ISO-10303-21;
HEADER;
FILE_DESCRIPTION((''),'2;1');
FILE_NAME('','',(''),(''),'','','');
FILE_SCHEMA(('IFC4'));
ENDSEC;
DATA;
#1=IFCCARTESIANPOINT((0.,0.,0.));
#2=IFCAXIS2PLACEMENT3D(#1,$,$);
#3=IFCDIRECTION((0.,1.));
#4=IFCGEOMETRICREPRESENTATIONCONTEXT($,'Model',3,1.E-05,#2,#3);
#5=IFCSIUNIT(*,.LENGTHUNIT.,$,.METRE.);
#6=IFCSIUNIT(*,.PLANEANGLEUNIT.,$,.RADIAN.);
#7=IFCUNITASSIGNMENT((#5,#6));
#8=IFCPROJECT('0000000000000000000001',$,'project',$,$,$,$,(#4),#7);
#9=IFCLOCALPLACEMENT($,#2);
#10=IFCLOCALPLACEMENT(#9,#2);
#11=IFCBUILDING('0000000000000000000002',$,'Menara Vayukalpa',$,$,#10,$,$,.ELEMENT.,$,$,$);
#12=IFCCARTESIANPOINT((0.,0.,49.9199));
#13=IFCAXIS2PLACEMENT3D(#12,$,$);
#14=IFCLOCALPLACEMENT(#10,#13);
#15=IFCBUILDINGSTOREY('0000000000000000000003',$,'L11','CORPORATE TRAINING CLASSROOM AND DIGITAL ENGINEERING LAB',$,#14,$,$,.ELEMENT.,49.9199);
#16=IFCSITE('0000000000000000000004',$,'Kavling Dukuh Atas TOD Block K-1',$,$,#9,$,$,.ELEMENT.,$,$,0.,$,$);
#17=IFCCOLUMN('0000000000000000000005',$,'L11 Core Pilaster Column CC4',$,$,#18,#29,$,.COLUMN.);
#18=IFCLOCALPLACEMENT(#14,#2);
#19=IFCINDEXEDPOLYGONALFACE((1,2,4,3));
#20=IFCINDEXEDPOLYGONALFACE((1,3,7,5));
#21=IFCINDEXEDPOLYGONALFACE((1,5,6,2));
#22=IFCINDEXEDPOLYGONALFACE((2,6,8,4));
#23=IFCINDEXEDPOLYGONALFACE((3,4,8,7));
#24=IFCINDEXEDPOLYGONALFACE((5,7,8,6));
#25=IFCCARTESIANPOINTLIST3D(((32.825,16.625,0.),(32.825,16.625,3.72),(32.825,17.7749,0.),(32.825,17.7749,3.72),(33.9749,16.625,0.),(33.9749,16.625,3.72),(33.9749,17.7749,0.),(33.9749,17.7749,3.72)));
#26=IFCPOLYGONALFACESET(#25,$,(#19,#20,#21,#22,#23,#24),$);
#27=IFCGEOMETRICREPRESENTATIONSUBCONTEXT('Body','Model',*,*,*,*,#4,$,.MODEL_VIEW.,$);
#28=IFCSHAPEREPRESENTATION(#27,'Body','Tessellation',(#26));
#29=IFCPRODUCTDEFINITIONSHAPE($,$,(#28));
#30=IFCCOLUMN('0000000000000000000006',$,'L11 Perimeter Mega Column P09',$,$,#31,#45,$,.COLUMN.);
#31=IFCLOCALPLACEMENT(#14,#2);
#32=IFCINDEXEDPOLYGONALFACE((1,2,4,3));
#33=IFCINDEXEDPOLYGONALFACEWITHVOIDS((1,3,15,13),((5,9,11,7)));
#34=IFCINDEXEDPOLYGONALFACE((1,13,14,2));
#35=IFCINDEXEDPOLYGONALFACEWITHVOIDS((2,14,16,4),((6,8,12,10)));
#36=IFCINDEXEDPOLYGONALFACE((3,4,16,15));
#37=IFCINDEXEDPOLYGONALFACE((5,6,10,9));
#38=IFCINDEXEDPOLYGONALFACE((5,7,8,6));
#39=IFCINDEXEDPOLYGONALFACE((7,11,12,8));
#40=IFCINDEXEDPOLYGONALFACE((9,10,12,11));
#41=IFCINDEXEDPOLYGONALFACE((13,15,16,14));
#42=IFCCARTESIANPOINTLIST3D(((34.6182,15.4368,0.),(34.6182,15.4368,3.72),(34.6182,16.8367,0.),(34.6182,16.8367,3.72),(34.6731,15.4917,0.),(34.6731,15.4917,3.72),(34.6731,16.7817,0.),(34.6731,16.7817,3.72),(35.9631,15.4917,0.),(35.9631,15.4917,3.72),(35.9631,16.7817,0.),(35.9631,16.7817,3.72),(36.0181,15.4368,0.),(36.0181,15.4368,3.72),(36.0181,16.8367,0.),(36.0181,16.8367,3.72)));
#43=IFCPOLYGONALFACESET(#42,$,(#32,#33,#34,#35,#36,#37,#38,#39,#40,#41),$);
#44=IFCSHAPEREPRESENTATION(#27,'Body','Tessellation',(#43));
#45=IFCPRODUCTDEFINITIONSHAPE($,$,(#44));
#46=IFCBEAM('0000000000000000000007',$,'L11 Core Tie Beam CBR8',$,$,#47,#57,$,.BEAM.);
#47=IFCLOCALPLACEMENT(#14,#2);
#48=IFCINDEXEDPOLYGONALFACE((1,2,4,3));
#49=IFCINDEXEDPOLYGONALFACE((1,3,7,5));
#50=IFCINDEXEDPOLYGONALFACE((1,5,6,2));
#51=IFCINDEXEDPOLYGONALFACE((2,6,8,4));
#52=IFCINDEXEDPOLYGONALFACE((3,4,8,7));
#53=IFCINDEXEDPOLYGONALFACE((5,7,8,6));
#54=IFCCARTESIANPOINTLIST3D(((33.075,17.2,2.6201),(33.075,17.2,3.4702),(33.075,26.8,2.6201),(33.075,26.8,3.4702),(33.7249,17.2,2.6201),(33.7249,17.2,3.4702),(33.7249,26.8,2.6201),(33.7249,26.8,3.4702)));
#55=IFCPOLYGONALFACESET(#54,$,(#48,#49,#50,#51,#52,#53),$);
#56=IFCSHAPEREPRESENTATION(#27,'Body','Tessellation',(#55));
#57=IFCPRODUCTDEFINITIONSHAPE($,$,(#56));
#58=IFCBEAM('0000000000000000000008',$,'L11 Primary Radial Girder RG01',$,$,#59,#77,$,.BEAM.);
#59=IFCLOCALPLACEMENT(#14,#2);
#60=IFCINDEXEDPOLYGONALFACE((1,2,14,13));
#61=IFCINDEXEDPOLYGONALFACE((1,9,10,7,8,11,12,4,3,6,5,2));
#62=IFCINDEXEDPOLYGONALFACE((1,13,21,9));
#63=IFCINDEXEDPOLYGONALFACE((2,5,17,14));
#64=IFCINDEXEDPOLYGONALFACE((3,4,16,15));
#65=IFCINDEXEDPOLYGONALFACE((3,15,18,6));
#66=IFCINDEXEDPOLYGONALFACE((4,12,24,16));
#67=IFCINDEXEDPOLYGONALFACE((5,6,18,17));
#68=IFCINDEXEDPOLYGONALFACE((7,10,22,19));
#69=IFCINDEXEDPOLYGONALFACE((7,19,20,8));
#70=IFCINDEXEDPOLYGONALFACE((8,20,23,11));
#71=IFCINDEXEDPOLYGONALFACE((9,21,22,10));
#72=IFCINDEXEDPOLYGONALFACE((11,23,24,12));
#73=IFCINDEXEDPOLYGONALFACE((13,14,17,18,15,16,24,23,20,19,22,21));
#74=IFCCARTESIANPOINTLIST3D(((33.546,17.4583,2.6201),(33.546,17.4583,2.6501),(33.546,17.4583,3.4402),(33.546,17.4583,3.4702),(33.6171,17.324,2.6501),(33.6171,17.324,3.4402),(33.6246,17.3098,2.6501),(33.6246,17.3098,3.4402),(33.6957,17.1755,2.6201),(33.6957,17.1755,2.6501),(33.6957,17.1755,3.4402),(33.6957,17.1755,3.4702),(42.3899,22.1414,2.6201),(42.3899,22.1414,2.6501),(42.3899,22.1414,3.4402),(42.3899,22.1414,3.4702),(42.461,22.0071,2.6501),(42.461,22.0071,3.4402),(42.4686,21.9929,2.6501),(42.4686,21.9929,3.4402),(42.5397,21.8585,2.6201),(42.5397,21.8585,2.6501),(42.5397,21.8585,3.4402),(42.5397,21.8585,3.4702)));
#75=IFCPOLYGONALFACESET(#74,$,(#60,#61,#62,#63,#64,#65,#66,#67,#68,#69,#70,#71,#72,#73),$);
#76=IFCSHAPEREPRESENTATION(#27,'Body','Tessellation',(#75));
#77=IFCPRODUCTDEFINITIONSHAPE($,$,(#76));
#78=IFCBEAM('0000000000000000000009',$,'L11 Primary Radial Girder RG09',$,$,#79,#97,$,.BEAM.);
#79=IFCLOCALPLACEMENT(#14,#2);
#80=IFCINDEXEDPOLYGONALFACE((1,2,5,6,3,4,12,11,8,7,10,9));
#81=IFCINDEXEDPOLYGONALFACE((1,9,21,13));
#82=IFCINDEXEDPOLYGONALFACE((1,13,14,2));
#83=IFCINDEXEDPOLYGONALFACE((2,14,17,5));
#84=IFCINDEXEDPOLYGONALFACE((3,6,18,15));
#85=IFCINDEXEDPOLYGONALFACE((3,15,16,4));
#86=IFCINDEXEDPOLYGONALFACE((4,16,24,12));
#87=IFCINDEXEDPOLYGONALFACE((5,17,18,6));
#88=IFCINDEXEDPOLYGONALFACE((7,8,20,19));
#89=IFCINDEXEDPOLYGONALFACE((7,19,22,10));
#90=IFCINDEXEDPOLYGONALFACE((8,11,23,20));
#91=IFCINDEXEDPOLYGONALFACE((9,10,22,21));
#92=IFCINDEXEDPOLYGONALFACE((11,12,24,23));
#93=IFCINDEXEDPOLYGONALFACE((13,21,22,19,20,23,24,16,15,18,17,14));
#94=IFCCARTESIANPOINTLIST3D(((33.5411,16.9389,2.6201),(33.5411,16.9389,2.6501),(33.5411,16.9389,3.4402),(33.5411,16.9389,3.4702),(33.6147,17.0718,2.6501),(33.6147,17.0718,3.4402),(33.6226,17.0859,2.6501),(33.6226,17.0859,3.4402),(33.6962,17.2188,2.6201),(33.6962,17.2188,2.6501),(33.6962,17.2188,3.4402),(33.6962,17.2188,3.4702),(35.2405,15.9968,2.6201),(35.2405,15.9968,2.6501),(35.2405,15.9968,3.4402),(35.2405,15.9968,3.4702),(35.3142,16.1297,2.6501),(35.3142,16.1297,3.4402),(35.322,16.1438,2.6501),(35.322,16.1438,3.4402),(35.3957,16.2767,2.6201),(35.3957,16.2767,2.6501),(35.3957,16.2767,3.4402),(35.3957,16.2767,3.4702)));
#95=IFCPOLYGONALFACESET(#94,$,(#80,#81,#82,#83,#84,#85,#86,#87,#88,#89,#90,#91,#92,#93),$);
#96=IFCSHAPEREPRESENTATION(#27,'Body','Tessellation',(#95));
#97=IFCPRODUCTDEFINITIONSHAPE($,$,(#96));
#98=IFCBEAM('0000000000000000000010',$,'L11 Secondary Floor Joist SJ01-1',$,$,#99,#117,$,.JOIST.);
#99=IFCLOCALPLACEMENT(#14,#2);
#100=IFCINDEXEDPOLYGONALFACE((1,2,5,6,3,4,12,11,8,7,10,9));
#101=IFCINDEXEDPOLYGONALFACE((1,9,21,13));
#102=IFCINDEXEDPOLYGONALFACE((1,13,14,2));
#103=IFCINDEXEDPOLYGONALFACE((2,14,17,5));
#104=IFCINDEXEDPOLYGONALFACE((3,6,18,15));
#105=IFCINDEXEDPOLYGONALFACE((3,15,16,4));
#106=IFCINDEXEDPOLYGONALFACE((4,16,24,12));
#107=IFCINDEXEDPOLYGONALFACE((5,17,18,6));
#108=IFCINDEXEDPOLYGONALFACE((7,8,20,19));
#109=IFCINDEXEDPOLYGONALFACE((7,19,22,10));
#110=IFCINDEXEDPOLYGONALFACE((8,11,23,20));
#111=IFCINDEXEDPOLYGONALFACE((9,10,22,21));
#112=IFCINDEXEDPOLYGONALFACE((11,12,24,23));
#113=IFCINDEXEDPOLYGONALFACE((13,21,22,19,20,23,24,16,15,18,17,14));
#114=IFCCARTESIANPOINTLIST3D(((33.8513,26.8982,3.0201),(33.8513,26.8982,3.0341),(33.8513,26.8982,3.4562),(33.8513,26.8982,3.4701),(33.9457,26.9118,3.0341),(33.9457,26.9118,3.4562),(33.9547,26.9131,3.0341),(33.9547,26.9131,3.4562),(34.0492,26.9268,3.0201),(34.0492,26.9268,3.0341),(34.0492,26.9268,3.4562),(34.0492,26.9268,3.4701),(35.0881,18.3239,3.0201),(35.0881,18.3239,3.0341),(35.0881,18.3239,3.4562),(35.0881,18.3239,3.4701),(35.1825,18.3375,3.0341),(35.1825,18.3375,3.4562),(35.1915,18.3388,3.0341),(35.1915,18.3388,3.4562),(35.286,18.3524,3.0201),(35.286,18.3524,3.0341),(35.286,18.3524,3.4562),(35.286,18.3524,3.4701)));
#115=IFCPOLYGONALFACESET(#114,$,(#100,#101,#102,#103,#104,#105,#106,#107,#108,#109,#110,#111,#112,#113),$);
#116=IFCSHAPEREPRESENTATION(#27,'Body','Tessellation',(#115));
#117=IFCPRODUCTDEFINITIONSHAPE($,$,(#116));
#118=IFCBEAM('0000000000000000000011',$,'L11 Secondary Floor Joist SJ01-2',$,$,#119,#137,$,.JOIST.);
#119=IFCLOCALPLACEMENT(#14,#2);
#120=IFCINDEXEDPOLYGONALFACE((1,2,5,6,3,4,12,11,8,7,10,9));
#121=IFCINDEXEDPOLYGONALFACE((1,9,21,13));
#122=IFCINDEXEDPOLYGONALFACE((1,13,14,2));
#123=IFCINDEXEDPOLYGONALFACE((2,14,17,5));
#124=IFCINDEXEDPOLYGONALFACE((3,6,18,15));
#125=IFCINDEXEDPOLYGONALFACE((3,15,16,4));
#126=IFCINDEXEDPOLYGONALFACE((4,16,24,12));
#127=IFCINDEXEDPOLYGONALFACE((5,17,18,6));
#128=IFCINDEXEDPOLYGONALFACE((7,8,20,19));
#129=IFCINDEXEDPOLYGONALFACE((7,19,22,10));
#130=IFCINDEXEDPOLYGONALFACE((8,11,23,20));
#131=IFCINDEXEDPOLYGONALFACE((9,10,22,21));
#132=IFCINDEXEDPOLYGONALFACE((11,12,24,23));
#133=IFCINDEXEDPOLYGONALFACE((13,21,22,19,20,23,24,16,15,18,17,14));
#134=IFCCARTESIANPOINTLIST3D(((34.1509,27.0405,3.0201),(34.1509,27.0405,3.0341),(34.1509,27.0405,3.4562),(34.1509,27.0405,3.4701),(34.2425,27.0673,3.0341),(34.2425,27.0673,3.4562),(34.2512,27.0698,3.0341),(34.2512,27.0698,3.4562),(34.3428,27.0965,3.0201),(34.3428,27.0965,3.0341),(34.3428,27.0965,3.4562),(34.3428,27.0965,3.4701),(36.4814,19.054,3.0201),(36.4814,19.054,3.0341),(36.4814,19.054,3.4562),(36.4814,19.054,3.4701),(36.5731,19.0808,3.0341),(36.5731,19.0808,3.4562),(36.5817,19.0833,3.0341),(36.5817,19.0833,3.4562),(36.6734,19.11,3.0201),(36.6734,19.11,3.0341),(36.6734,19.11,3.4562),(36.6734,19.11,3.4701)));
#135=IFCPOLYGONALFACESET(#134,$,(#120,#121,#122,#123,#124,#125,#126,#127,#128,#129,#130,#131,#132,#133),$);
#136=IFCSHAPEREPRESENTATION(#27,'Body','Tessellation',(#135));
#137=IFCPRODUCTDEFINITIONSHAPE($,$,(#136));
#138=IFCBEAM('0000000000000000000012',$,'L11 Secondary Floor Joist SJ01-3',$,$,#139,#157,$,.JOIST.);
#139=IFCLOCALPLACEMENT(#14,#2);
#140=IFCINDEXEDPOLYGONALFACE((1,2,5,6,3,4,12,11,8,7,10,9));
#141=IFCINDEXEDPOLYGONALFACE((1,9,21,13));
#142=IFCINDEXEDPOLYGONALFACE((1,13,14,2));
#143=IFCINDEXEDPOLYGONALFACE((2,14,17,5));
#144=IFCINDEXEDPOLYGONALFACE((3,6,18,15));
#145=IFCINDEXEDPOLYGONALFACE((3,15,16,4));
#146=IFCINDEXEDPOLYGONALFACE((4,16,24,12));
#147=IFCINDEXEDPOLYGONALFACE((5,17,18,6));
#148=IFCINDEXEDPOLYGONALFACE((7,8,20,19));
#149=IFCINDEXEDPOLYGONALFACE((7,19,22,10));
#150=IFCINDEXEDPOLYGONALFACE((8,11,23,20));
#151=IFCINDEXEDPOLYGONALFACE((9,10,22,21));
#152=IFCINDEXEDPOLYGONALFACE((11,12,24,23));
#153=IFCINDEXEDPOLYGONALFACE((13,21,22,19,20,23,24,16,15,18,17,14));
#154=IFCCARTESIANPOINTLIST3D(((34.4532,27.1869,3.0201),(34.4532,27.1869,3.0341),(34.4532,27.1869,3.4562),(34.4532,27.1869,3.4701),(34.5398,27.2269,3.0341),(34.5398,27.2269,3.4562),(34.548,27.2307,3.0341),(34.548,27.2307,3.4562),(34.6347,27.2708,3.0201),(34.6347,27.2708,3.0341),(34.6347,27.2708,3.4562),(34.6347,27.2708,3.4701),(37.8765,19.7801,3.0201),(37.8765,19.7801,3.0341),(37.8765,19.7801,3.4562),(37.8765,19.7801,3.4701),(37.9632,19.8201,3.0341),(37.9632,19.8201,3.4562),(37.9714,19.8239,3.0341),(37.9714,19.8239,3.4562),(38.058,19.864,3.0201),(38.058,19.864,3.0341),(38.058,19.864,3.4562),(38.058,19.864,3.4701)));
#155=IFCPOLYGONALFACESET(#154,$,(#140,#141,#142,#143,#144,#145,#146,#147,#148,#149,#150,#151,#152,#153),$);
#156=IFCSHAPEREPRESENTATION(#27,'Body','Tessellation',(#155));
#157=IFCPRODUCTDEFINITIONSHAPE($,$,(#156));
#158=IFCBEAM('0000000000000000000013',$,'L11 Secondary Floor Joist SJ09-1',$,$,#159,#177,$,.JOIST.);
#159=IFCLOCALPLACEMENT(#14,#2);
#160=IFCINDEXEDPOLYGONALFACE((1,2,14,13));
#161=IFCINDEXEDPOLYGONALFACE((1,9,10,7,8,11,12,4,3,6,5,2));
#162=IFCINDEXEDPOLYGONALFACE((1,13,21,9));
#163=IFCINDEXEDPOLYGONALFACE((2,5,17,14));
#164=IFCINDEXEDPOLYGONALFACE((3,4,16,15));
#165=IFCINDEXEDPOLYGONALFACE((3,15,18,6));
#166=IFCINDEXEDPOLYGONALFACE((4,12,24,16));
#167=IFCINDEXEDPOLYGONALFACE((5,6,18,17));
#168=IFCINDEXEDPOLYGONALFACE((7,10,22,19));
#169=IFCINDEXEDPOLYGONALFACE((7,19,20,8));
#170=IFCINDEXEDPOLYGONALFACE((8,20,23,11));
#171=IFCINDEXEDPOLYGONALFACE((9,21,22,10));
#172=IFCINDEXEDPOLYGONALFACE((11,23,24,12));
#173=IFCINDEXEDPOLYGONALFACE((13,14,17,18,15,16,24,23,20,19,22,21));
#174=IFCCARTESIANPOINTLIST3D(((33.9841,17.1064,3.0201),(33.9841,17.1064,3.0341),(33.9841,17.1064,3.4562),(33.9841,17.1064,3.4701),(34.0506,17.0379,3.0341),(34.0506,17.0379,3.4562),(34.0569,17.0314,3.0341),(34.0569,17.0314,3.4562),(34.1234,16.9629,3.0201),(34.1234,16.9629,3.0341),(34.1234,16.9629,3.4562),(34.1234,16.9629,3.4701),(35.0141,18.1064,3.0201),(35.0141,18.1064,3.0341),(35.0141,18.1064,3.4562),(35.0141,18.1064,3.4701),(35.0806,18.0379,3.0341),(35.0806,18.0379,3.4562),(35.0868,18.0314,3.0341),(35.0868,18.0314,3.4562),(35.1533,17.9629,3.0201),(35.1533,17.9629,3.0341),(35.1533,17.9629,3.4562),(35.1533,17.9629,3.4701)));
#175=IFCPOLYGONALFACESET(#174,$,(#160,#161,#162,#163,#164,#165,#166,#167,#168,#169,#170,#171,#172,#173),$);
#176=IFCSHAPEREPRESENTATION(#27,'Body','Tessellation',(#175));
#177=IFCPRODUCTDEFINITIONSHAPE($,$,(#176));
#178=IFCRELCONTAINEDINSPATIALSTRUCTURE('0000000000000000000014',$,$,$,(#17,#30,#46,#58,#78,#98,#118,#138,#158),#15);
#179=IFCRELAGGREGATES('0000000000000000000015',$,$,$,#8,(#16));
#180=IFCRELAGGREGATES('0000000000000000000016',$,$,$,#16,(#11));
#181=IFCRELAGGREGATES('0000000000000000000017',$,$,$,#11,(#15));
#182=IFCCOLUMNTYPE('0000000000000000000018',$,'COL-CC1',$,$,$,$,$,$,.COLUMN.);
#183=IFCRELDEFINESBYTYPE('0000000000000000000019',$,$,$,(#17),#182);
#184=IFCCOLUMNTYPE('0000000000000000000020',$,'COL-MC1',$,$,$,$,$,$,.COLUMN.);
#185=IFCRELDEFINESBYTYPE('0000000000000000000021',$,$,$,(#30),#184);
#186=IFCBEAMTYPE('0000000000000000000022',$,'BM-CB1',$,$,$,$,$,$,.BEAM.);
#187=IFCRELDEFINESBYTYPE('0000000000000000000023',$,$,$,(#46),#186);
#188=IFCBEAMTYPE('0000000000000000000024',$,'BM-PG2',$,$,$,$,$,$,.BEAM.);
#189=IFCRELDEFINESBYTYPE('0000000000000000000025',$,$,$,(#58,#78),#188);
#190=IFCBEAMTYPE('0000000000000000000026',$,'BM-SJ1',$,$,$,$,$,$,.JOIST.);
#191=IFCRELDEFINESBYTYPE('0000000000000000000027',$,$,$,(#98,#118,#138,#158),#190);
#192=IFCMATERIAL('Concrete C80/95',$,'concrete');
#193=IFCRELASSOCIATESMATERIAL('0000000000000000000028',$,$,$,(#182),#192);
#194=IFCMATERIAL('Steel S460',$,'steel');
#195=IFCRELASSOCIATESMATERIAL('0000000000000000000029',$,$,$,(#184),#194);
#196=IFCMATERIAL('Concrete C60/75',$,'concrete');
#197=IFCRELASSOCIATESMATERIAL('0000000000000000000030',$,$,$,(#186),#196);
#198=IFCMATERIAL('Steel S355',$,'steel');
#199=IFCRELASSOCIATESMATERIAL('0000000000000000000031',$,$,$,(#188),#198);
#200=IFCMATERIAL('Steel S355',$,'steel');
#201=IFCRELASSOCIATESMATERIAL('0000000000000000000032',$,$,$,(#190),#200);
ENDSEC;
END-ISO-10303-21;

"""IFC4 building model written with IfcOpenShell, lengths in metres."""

from ifc_helpers import new_model, si_unit, direction, frame, origin, origin_2d, place, context, subcontext, project, spatial, rectangle, hollow_rectangle, i_section, extrude, material, material_profile, profile_set, type_object, element, save


model = new_model("IFC4")

# Units and contexts
model_context = context("Model", 3, precision=1e-05, world=origin(), true_north=direction((0.0, 1.0)))
body_context = subcontext(model_context, "Body", "Model", "MODEL_VIEW")
ifc_project = project(units=[si_unit("LENGTHUNIT", "METRE"), si_unit("PLANEANGLEUNIT", "RADIAN")], contexts=[model_context])

# Site, building, storey
site_placement = place(None, origin())
site = spatial("IfcSite", under=ifc_project, at=site_placement, Name="Kavling Dukuh Atas TOD Block K-1", CompositionType="ELEMENT", RefElevation=0.0)
building_placement = place(site_placement, origin())
building = spatial("IfcBuilding", under=site, at=building_placement, Name="Menara Vayukalpa", CompositionType="ELEMENT")
storey_placement = place(building_placement, frame((0.0, 0.0, 49.9199)))
storey = spatial("IfcBuildingStorey", under=building, at=storey_placement, Name="L11", Description="CORPORATE TRAINING CLASSROOM AND DIGITAL ENGINEERING LAB", CompositionType="ELEMENT", Elevation=49.9199)

# Columns
ifc_material_1 = material(Name="Concrete C80/95", Category="concrete")
ifc_material_profile_1 = material_profile(ifc_material_1, rectangle(XDim=1.1499, YDim=1.1499, at=origin_2d()), Name="RC 1150x1150")
ifc_profile_set_1 = profile_set([ifc_material_profile_1], Name="Concrete C80/95")
column_type_1 = type_object("IfcColumnType", Name="COL-CC1", PredefinedType="COLUMN", material=ifc_profile_set_1)
column_1_placement = place(storey_placement, frame((33.3999, 17.2, 0.0), z_axis=(0.0, 0.0, 1.0), x_axis=(1.0, 0.0, 0.0)))
element("IfcColumn", 1, at=column_1_placement, inside=storey, type_object=column_type_1, Name="L11 Core Pilaster Column CC4", PredefinedType="COLUMN", context=body_context, shape_type="SweptSolid", body=[
    extrude(rectangle(XDim=1.1499, YDim=1.1499, at=origin_2d()), origin(), (0.0, 0.0, 1.0), 3.72),
])
ifc_material_2 = material(Name="Steel S460", Category="steel")
ifc_material_profile_2 = material_profile(ifc_material_2, hollow_rectangle(XDim=1.3999, YDim=1.3999, WallThickness=0.0549, at=origin_2d()), Name="BOX 1400x1400x55")
ifc_profile_set_2 = profile_set([ifc_material_profile_2], Name="Steel S460")
column_type_2 = type_object("IfcColumnType", Name="COL-MC1", PredefinedType="COLUMN", material=ifc_profile_set_2)
column_2_placement = place(storey_placement, frame((35.3181, 16.1367, 0.0), z_axis=(0.0, 0.0, 1.0), x_axis=(1.0, 0.0, 0.0)))
element("IfcColumn", 2, at=column_2_placement, inside=storey, type_object=column_type_2, Name="L11 Perimeter Mega Column P09", PredefinedType="COLUMN", context=body_context, shape_type="SweptSolid", body=[
    extrude(hollow_rectangle(XDim=1.3999, YDim=1.3999, WallThickness=0.0549, at=origin_2d()), origin(), (0.0, 0.0, 1.0), 3.72),
])

# Beams
ifc_material_3 = material(Name="Concrete C60/75", Category="concrete")
ifc_material_profile_3 = material_profile(ifc_material_3, rectangle(XDim=0.6499, YDim=0.8501, at=origin_2d()), Name="RC 650x850")
ifc_profile_set_3 = profile_set([ifc_material_profile_3], Name="Concrete C60/75")
beam_type_1 = type_object("IfcBeamType", Name="BM-CB1", PredefinedType="BEAM", material=ifc_profile_set_3)
beam_1_placement = place(storey_placement, frame((33.3999, 17.2, 3.0452), z_axis=(0.0, 1.0, 0.0), x_axis=(-1.0, 0.0, 0.0)))
element("IfcBeam", 3, at=beam_1_placement, inside=storey, type_object=beam_type_1, Name="L11 Core Tie Beam CBR8", PredefinedType="BEAM", context=body_context, shape_type="SweptSolid", body=[
    extrude(rectangle(XDim=0.6499, YDim=0.8501, at=origin_2d()), origin(), (0.0, 0.0, 1.0), 9.6001),
])
ifc_material_4 = material(Name="Steel S355", Category="steel")
ifc_material_profile_4 = material_profile(ifc_material_4, i_section(OverallWidth=0.3201, OverallDepth=0.8501, WebThickness=0.0161, FlangeThickness=0.03, at=origin_2d()), Name="WF 850x320x16x30")
ifc_profile_set_4 = profile_set([ifc_material_profile_4], Name="Steel S355")
beam_type_2 = type_object("IfcBeamType", Name="BM-PG2", PredefinedType="BEAM", material=ifc_profile_set_4)
beam_2_placement = place(storey_placement, frame((33.6208, 17.3169, 3.0452), z_axis=(0.883747, 0.467965, 0.0), x_axis=(-0.467965, 0.883747, 0.0)))
element("IfcBeam", 4, at=beam_2_placement, inside=storey, type_object=beam_type_2, Name="L11 Primary Radial Girder RG01", PredefinedType="BEAM", context=body_context, shape_type="SweptSolid", body=[
    extrude(i_section(OverallWidth=0.3201, OverallDepth=0.8501, WebThickness=0.0161, FlangeThickness=0.03, at=origin_2d()), origin(), (0.0, 0.0, 1.0), 10.0073),
])
beam_3_placement = place(storey_placement, frame((33.6187, 17.0789, 3.0452), z_axis=(0.874595, -0.484853, 0.0), x_axis=(0.484853, 0.874595, 0.0)))
element("IfcBeam", 5, at=beam_3_placement, inside=storey, type_object=beam_type_2, Name="L11 Primary Radial Girder RG09", PredefinedType="BEAM", context=body_context, shape_type="SweptSolid", body=[
    extrude(i_section(OverallWidth=0.3201, OverallDepth=0.8501, WebThickness=0.0161, FlangeThickness=0.03, at=origin_2d()), origin(), (0.0, 0.0, 1.0), 1.9431),
])
ifc_material_5 = material(Name="Steel S355", Category="steel")
ifc_material_profile_5 = material_profile(ifc_material_5, i_section(OverallWidth=0.2, OverallDepth=0.45, WebThickness=0.009, FlangeThickness=0.0139, at=origin_2d()), Name="WF 450x200x9x14")
ifc_profile_set_5 = profile_set([ifc_material_profile_5], Name="Steel S355")
beam_type_3 = type_object("IfcBeamType", Name="BM-SJ1", PredefinedType="JOIST", material=ifc_profile_set_5)
beam_4_placement = place(storey_placement, frame((35.187, 18.3381, 3.2451), z_axis=(-0.142767, 0.989756, 0.0), x_axis=(-0.989756, -0.142767, 0.0)))
element("IfcBeam", 6, at=beam_4_placement, inside=storey, type_object=beam_type_3, Name="L11 Secondary Floor Joist SJ01-1", PredefinedType="JOIST", context=body_context, shape_type="SweptSolid", body=[
    extrude(i_section(OverallWidth=0.2, OverallDepth=0.45, WebThickness=0.009, FlangeThickness=0.0139, at=origin_2d()), origin(), (0.0, 0.0, 1.0), 8.6631),
])
beam_5_placement = place(storey_placement, frame((36.5774, 19.082, 3.2451), z_axis=(-0.280127, 0.959963, 0.0), x_axis=(-0.959963, -0.280127, 0.0)))
element("IfcBeam", 7, at=beam_5_placement, inside=storey, type_object=beam_type_3, Name="L11 Secondary Floor Joist SJ01-2", PredefinedType="JOIST", context=body_context, shape_type="SweptSolid", body=[
    extrude(i_section(OverallWidth=0.2, OverallDepth=0.45, WebThickness=0.009, FlangeThickness=0.0139, at=origin_2d()), origin(), (0.0, 0.0, 1.0), 8.3196),
])
beam_6_placement = place(storey_placement, frame((37.9673, 19.822, 3.2451), z_axis=(-0.419548, 0.907733, 0.0), x_axis=(-0.907733, -0.419548, 0.0)))
element("IfcBeam", 8, at=beam_6_placement, inside=storey, type_object=beam_type_3, Name="L11 Secondary Floor Joist SJ01-3", PredefinedType="JOIST", context=body_context, shape_type="SweptSolid", body=[
    extrude(i_section(OverallWidth=0.2, OverallDepth=0.45, WebThickness=0.009, FlangeThickness=0.0139, at=origin_2d()), origin(), (0.0, 0.0, 1.0), 8.1597),
])
beam_7_placement = place(storey_placement, frame((34.0537, 17.0347, 3.2451), z_axis=(0.717488, 0.696571, 0.0), x_axis=(-0.696571, 0.717488, 0.0)))
element("IfcBeam", 9, at=beam_7_placement, inside=storey, type_object=beam_type_3, Name="L11 Secondary Floor Joist SJ09-1", PredefinedType="JOIST", context=body_context, shape_type="SweptSolid", body=[
    extrude(i_section(OverallWidth=0.2, OverallDepth=0.45, WebThickness=0.009, FlangeThickness=0.0139, at=origin_2d()), origin(), (0.0, 0.0, 1.0), 1.4355),
])

save(model, "model.ifc")
